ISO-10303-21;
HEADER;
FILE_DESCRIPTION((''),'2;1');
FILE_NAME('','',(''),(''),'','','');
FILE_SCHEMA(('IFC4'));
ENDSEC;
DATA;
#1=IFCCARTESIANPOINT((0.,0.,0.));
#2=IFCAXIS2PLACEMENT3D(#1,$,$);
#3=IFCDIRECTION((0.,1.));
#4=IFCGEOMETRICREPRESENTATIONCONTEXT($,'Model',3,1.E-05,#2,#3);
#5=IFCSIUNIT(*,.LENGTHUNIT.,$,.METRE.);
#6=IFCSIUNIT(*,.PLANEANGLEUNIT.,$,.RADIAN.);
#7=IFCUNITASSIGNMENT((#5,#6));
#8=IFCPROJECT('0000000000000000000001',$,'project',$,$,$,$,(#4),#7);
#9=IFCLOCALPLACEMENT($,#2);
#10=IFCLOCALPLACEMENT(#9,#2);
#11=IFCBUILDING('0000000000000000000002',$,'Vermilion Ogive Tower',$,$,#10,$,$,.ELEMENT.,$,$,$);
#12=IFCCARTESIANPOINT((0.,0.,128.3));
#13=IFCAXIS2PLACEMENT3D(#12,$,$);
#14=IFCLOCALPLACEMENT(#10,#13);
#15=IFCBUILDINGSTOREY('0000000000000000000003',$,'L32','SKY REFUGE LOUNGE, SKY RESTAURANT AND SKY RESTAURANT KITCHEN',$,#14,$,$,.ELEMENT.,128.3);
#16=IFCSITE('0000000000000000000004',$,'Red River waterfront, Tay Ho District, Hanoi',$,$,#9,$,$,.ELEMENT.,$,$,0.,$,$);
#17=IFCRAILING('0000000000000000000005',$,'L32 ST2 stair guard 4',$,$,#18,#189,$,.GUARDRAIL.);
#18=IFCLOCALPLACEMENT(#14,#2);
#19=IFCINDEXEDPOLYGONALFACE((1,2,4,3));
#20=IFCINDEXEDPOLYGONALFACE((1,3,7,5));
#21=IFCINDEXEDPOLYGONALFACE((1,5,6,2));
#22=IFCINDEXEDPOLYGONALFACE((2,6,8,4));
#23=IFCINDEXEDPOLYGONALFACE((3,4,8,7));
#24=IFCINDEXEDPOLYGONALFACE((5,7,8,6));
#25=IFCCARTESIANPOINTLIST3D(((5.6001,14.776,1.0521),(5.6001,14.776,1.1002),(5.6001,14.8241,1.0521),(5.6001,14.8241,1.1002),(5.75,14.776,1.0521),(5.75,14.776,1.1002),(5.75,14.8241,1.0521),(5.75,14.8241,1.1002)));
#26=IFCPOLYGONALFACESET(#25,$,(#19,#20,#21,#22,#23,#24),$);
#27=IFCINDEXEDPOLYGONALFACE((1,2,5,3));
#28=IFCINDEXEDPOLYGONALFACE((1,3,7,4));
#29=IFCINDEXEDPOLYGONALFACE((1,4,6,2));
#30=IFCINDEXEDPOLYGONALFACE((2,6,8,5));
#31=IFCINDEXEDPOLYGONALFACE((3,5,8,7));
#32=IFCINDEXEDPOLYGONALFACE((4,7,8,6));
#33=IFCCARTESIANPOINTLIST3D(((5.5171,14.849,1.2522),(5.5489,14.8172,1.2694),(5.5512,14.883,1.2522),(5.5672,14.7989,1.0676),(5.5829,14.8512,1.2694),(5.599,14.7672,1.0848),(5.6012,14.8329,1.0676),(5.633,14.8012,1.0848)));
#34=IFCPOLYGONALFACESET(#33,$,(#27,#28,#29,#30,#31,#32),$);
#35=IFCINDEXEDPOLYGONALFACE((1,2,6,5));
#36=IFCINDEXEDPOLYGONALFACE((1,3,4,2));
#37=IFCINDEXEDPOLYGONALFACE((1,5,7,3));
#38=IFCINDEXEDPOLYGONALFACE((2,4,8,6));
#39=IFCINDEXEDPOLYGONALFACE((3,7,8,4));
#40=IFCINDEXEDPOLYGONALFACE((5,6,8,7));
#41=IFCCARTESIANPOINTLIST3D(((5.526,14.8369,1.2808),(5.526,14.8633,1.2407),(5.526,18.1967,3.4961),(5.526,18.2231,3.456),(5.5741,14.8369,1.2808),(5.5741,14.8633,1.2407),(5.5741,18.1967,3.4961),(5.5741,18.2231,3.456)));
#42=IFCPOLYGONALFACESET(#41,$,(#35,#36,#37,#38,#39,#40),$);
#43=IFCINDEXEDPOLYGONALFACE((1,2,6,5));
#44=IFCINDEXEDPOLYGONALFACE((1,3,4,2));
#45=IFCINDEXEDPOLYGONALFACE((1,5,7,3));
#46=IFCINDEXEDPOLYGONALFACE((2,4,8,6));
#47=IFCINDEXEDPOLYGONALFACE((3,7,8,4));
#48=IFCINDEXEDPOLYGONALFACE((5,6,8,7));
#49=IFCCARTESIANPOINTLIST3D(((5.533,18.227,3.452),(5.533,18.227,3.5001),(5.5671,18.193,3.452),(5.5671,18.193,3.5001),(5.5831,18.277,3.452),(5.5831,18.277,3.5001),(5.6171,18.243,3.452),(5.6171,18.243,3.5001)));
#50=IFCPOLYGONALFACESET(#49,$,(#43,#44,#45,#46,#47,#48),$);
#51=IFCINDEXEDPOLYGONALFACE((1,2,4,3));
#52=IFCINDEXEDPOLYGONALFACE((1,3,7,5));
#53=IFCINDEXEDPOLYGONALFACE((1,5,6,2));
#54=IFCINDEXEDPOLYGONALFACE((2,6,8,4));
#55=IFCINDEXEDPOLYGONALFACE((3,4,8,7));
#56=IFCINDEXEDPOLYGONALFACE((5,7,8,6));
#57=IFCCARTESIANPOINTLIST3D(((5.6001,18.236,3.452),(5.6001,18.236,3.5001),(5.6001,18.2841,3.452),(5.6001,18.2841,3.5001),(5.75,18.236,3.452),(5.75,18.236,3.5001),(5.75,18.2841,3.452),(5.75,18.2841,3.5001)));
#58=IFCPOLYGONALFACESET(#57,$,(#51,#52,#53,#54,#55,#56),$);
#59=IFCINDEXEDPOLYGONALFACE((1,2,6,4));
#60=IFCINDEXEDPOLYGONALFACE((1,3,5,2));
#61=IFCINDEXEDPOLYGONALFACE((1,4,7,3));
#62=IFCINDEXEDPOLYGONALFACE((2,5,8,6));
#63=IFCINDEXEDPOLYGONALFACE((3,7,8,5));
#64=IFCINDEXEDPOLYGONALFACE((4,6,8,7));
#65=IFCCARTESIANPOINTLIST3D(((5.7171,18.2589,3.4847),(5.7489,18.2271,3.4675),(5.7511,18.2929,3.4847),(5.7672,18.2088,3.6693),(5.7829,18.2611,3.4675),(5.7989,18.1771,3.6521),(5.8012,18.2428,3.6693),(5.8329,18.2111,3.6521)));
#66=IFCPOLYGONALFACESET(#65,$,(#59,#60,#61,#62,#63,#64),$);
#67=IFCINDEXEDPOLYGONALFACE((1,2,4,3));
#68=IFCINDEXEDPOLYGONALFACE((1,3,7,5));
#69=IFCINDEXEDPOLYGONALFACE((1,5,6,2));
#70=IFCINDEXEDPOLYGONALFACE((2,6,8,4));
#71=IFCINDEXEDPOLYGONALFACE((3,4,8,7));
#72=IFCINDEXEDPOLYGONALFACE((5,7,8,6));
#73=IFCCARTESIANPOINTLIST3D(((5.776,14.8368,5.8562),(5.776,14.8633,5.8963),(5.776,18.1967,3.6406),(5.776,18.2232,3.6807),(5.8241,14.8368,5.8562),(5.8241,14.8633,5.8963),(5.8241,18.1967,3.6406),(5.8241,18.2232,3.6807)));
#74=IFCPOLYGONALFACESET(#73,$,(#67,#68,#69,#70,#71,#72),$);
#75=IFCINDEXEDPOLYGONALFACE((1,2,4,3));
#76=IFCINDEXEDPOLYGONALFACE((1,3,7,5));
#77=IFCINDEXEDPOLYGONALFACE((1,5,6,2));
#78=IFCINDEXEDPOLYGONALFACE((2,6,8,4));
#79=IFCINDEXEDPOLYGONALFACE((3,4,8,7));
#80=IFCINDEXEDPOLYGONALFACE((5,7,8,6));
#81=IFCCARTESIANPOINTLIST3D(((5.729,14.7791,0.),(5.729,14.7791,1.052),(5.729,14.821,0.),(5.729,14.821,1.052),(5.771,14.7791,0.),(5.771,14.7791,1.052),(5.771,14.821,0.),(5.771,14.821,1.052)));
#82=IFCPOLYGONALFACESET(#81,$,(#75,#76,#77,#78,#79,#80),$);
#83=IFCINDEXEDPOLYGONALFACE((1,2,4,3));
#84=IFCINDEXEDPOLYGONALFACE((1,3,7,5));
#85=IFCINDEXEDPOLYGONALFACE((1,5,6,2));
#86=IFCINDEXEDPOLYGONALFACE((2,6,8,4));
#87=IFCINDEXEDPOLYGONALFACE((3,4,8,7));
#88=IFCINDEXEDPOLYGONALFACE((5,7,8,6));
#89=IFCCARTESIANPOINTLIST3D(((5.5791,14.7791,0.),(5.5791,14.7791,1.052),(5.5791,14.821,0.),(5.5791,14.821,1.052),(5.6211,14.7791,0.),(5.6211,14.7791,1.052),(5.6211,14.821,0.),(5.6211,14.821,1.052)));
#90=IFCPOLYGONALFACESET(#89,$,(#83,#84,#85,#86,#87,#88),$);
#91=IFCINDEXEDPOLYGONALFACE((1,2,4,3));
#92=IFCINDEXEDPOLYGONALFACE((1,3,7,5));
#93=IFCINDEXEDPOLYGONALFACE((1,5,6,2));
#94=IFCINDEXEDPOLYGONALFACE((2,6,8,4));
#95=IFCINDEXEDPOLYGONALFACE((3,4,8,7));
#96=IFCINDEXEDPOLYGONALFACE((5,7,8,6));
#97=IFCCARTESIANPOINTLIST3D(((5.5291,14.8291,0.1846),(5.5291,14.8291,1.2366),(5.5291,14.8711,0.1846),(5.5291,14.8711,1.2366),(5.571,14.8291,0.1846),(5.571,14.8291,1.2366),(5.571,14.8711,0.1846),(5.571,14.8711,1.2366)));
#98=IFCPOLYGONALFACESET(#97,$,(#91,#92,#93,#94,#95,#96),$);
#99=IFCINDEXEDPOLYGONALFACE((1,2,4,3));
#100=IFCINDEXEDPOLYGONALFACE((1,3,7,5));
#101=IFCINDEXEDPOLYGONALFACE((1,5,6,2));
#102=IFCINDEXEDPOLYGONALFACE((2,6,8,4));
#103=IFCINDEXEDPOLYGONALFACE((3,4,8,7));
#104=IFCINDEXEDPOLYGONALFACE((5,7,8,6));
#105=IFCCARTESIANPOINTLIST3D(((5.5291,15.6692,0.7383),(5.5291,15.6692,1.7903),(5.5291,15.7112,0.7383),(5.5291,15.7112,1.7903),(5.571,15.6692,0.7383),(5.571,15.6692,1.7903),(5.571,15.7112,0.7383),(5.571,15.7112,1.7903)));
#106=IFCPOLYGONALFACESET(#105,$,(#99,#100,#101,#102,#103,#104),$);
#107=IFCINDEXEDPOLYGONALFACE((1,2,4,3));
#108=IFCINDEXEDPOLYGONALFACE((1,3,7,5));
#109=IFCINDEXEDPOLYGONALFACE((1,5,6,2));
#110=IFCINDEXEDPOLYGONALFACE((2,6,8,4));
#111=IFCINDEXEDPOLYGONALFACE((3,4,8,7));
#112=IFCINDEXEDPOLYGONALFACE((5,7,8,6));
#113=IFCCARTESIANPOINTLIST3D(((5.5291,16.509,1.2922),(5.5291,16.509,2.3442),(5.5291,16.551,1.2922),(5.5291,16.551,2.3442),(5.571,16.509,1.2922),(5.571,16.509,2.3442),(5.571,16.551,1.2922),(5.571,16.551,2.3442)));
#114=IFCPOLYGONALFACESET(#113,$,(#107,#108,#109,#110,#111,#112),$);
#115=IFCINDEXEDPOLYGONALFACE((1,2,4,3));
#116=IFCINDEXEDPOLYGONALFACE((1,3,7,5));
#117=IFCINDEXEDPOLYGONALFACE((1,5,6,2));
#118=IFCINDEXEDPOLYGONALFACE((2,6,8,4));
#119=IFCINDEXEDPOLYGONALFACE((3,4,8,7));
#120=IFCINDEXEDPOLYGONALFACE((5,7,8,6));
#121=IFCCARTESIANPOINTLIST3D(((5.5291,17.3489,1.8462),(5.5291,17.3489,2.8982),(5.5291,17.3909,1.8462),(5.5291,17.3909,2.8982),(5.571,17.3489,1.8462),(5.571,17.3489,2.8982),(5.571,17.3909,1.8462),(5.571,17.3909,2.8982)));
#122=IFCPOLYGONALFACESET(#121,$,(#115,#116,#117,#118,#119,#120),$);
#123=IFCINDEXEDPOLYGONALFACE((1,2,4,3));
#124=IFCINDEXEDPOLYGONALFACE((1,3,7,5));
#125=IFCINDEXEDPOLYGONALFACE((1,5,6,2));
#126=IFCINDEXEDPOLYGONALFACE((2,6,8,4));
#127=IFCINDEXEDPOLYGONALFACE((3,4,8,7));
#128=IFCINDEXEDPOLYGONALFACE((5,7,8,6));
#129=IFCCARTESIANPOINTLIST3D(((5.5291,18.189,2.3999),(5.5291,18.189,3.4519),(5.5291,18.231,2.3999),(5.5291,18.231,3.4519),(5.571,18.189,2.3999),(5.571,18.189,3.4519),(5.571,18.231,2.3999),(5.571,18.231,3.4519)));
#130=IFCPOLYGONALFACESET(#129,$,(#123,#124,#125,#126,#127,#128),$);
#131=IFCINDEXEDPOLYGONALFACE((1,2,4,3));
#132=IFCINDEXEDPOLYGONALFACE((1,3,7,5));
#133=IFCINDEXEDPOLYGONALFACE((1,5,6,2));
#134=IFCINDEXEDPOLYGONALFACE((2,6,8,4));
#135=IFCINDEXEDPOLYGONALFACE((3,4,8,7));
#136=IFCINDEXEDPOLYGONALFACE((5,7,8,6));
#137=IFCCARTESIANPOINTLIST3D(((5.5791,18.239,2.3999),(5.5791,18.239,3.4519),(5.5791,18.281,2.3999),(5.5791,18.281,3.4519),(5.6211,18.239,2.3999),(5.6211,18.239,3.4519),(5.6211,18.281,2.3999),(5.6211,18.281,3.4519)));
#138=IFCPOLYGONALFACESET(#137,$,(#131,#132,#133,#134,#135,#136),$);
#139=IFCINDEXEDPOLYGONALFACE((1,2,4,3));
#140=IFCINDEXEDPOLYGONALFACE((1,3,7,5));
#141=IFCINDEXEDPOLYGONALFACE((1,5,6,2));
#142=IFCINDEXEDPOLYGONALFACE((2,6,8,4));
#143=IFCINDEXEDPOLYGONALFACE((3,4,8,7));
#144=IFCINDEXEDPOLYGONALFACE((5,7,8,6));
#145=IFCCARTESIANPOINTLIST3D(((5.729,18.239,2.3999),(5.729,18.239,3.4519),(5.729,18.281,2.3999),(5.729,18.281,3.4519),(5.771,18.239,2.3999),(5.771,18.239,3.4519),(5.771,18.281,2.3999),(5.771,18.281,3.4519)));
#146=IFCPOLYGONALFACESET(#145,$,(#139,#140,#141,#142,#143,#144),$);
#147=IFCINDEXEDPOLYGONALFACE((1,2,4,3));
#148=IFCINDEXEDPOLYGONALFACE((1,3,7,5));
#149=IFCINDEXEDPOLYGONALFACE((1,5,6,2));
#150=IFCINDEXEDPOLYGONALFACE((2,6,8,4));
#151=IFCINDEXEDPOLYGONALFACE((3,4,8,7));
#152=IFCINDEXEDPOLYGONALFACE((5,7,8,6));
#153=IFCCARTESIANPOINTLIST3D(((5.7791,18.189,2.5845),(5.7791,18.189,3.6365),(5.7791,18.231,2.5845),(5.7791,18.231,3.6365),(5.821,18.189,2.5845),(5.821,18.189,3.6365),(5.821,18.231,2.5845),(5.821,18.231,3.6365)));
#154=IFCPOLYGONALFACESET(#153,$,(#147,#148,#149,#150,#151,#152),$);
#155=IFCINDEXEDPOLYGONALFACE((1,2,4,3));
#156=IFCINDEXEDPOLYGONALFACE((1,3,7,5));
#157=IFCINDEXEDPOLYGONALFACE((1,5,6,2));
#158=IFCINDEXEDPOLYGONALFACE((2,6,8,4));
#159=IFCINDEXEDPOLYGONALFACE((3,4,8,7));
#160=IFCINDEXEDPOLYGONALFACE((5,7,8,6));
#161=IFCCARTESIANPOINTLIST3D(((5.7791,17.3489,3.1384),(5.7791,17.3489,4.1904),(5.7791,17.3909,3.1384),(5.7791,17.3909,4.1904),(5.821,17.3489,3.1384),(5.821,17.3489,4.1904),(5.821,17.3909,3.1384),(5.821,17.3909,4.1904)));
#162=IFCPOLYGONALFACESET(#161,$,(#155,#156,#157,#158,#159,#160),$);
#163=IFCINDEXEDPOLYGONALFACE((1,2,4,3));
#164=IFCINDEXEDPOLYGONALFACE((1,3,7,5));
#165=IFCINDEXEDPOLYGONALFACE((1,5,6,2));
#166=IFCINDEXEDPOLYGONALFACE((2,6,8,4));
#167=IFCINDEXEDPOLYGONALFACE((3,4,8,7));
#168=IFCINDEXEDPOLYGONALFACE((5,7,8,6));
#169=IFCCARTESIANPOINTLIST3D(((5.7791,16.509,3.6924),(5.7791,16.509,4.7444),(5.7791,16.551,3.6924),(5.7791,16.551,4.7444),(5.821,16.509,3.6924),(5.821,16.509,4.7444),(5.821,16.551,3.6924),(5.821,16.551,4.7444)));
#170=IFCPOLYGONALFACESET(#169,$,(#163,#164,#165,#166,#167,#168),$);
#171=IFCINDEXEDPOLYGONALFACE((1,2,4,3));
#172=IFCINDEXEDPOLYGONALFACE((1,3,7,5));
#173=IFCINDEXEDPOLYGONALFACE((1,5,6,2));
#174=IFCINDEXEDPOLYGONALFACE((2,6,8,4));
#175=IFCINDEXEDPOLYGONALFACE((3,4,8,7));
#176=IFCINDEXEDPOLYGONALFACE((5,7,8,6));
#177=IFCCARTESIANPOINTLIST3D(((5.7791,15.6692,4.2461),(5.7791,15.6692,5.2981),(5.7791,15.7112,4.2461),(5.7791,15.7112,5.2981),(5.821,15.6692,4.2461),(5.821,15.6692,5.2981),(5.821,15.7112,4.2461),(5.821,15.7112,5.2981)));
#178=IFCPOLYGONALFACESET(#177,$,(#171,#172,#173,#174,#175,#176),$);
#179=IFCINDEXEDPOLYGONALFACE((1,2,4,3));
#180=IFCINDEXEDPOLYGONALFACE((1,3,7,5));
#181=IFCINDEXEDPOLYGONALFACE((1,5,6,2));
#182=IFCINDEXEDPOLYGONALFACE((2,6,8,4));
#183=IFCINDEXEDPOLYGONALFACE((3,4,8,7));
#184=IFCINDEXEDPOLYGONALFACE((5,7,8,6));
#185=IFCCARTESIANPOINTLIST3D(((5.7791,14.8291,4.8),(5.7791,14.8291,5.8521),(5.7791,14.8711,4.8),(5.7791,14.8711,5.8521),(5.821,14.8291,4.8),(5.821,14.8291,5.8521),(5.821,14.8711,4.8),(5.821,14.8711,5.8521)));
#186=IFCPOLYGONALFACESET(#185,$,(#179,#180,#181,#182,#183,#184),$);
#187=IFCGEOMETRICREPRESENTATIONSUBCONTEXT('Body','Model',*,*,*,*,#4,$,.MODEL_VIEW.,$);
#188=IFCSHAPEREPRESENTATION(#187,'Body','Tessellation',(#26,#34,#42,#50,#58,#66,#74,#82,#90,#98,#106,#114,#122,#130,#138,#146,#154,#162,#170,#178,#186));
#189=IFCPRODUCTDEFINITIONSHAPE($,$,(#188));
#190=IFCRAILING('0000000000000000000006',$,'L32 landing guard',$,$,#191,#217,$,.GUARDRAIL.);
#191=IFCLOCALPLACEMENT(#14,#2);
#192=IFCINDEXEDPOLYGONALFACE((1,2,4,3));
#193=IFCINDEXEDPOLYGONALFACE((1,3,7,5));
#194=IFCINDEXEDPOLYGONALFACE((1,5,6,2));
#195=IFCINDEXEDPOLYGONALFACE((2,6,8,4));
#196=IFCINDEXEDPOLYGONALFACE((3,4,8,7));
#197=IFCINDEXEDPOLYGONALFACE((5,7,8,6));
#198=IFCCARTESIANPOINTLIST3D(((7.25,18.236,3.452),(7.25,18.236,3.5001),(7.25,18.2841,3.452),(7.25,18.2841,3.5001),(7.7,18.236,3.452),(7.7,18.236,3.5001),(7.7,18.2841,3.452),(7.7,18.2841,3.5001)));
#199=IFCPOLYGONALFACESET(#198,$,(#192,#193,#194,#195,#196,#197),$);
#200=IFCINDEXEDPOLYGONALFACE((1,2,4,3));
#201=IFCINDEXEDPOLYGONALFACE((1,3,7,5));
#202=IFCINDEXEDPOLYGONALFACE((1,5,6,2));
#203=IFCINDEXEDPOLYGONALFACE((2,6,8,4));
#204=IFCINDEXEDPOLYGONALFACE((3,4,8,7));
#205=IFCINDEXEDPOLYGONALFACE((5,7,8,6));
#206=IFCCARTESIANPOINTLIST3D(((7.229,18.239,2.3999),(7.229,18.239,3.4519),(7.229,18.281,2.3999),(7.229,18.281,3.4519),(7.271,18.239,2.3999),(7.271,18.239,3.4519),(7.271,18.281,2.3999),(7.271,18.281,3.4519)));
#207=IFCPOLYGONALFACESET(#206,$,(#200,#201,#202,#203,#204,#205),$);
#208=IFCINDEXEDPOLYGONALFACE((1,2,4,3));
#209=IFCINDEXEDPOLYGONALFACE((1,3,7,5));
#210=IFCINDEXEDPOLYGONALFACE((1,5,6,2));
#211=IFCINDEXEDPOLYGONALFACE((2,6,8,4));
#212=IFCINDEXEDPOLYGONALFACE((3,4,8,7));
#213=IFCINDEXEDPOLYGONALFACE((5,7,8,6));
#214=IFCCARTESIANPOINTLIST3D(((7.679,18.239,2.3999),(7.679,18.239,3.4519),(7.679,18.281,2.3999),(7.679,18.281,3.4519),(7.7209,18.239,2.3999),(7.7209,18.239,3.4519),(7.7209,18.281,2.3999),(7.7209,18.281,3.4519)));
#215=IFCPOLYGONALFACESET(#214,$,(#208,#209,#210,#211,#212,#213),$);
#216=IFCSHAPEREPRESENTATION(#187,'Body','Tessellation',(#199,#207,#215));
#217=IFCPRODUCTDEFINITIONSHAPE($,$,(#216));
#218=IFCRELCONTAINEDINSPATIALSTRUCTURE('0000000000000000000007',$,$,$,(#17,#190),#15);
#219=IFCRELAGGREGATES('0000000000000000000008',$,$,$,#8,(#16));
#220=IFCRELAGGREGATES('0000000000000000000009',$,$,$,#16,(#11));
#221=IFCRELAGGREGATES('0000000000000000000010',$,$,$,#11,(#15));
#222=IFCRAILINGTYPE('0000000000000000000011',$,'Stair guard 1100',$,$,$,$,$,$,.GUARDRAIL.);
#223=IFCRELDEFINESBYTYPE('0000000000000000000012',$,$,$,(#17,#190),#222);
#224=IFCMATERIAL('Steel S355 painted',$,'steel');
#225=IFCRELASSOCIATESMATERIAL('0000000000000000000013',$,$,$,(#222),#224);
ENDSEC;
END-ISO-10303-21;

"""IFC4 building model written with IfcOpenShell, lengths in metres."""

from ifc_helpers import new_model, si_unit, direction, frame, origin, origin_2d, place, context, subcontext, project, spatial, rectangle, extrude, material, type_object, element, save


model = new_model("IFC4")

# Units and contexts
model_context = context("Model", 3, precision=1e-05, world=origin(), true_north=direction((0.0, 1.0)))
body_context = subcontext(model_context, "Body", "Model", "MODEL_VIEW")
ifc_project = project(units=[si_unit("LENGTHUNIT", "METRE"), si_unit("PLANEANGLEUNIT", "RADIAN")], contexts=[model_context])

# Site, building, storey
site_placement = place(None, origin())
site = spatial("IfcSite", under=ifc_project, at=site_placement, Name="Red River waterfront, Tay Ho District, Hanoi", CompositionType="ELEMENT", RefElevation=0.0)
building_placement = place(site_placement, origin())
building = spatial("IfcBuilding", under=site, at=building_placement, Name="Vermilion Ogive Tower", CompositionType="ELEMENT")
storey_placement = place(building_placement, frame((0.0, 0.0, 128.3)))
storey = spatial("IfcBuildingStorey", under=building, at=storey_placement, Name="L32", Description="SKY REFUGE LOUNGE, SKY RESTAURANT AND SKY RESTAURANT KITCHEN", CompositionType="ELEMENT", Elevation=128.3)

# Railings
ifc_material_1 = material(Name="Steel S355 painted", Category="steel")
railing_type_1 = type_object("IfcRailingType", Name="Stair guard 1100", PredefinedType="GUARDRAIL", material=ifc_material_1)
railing_1_placement = place(storey_placement, frame((5.75, 14.8, 0.0)))
element("IfcRailing", 1, at=railing_1_placement, inside=storey, type_object=railing_type_1, Name="L32 ST2 stair guard 4", PredefinedType="GUARDRAIL", context=body_context, shape_type="SweptSolid", body=[
    extrude(rectangle(XDim=0.0481, YDim=0.0481, at=origin_2d()), frame((0.0, 0.0, 1.0762), z_axis=(-1.0, 0.0, 0.0), x_axis=(0.0, -1.0, 0.0)), (0.0, 0.0, 1.0), 0.1499),
    extrude(rectangle(XDim=0.0481, YDim=0.0481, at=origin_2d()), frame((-0.1499, 0.0, 1.0762), z_axis=(-0.253186, 0.253186, 0.933699), x_axis=(-0.707107, -0.707107, 0.0)), (0.0, 0.0, 1.0), 0.1978),
    extrude(rectangle(XDim=0.0481, YDim=0.0481, at=origin_2d()), frame((-0.2, 0.05, 1.2607), z_axis=(0.0, 0.834858, 0.550465), x_axis=(-1.0, 0.0, 0.0)), (0.0, 0.0, 1.0), 4.0244),
    extrude(rectangle(XDim=0.0481, YDim=0.0481, at=origin_2d()), frame((-0.2, 3.4099, 3.4761), z_axis=(0.707107, 0.707107, 0.0), x_axis=(-0.707107, 0.707107, 0.0)), (0.0, 0.0, 1.0), 0.0708),
    extrude(rectangle(XDim=0.0481, YDim=0.0481, at=origin_2d()), frame((-0.1499, 3.46, 3.4761), z_axis=(1.0, 0.0, 0.0), x_axis=(0.0, 1.0, 0.0)), (0.0, 0.0, 1.0), 0.1499),
    extrude(rectangle(XDim=0.0481, YDim=0.0481, at=origin_2d()), frame((0.0, 3.46, 3.4761), z_axis=(0.253186, -0.253186, 0.933699), x_axis=(0.707107, 0.707107, 0.0)), (0.0, 0.0, 1.0), 0.1978),
    extrude(rectangle(XDim=0.0481, YDim=0.0481, at=origin_2d()), frame((0.05, 3.4099, 3.6606), z_axis=(0.0, -0.83483, 0.550508), x_axis=(1.0, 0.0, 0.0)), (0.0, 0.0, 1.0), 4.0247),
    extrude(rectangle(XDim=0.042, YDim=0.042, at=origin_2d()), origin(), (0.0, 0.0, 1.0), 1.052),
    extrude(rectangle(XDim=0.042, YDim=0.042, at=origin_2d()), frame((-0.1499, 0.0, 0.0)), (0.0, 0.0, 1.0), 1.052),
    extrude(rectangle(XDim=0.042, YDim=0.042, at=origin_2d()), frame((-0.2, 0.05, 0.1846)), (0.0, 0.0, 1.0), 1.052),
    extrude(rectangle(XDim=0.042, YDim=0.042, at=origin_2d()), frame((-0.2, 0.8901, 0.7383)), (0.0, 0.0, 1.0), 1.052),
    extrude(rectangle(XDim=0.042, YDim=0.042, at=origin_2d()), frame((-0.2, 1.73, 1.2922)), (0.0, 0.0, 1.0), 1.052),
    extrude(rectangle(XDim=0.042, YDim=0.042, at=origin_2d()), frame((-0.2, 2.5698, 1.8462)), (0.0, 0.0, 1.0), 1.052),
    extrude(rectangle(XDim=0.042, YDim=0.042, at=origin_2d()), frame((-0.2, 3.4099, 2.3999)), (0.0, 0.0, 1.0), 1.052),
    extrude(rectangle(XDim=0.042, YDim=0.042, at=origin_2d()), frame((-0.1499, 3.46, 2.3999)), (0.0, 0.0, 1.0), 1.052),
    extrude(rectangle(XDim=0.042, YDim=0.042, at=origin_2d()), frame((0.0, 3.46, 2.3999)), (0.0, 0.0, 1.0), 1.052),
    extrude(rectangle(XDim=0.042, YDim=0.042, at=origin_2d()), frame((0.05, 3.4099, 2.5845)), (0.0, 0.0, 1.0), 1.052),
    extrude(rectangle(XDim=0.042, YDim=0.042, at=origin_2d()), frame((0.05, 2.5698, 3.1384)), (0.0, 0.0, 1.0), 1.052),
    extrude(rectangle(XDim=0.042, YDim=0.042, at=origin_2d()), frame((0.05, 1.73, 3.6924)), (0.0, 0.0, 1.0), 1.052),
    extrude(rectangle(XDim=0.042, YDim=0.042, at=origin_2d()), frame((0.05, 0.8901, 4.2461)), (0.0, 0.0, 1.0), 1.052),
    extrude(rectangle(XDim=0.042, YDim=0.042, at=origin_2d()), frame((0.05, 0.05, 4.8)), (0.0, 0.0, 1.0), 1.052),
])
railing_2_placement = place(storey_placement, frame((7.25, 18.26, 2.3999)))
element("IfcRailing", 2, at=railing_2_placement, inside=storey, type_object=railing_type_1, Name="L32 landing guard", PredefinedType="GUARDRAIL", context=body_context, shape_type="SweptSolid", body=[
    extrude(rectangle(XDim=0.0481, YDim=0.0481, at=origin_2d()), frame((0.0, 0.0, 1.0762), z_axis=(1.0, 0.0, 0.0), x_axis=(0.0, 1.0, 0.0)), (0.0, 0.0, 1.0), 0.45),
    extrude(rectangle(XDim=0.042, YDim=0.042, at=origin_2d()), origin(), (0.0, 0.0, 1.0), 1.052),
    extrude(rectangle(XDim=0.042, YDim=0.042, at=origin_2d()), frame((0.45, 0.0, 0.0)), (0.0, 0.0, 1.0), 1.052),
])

save(model, "model.ifc")
